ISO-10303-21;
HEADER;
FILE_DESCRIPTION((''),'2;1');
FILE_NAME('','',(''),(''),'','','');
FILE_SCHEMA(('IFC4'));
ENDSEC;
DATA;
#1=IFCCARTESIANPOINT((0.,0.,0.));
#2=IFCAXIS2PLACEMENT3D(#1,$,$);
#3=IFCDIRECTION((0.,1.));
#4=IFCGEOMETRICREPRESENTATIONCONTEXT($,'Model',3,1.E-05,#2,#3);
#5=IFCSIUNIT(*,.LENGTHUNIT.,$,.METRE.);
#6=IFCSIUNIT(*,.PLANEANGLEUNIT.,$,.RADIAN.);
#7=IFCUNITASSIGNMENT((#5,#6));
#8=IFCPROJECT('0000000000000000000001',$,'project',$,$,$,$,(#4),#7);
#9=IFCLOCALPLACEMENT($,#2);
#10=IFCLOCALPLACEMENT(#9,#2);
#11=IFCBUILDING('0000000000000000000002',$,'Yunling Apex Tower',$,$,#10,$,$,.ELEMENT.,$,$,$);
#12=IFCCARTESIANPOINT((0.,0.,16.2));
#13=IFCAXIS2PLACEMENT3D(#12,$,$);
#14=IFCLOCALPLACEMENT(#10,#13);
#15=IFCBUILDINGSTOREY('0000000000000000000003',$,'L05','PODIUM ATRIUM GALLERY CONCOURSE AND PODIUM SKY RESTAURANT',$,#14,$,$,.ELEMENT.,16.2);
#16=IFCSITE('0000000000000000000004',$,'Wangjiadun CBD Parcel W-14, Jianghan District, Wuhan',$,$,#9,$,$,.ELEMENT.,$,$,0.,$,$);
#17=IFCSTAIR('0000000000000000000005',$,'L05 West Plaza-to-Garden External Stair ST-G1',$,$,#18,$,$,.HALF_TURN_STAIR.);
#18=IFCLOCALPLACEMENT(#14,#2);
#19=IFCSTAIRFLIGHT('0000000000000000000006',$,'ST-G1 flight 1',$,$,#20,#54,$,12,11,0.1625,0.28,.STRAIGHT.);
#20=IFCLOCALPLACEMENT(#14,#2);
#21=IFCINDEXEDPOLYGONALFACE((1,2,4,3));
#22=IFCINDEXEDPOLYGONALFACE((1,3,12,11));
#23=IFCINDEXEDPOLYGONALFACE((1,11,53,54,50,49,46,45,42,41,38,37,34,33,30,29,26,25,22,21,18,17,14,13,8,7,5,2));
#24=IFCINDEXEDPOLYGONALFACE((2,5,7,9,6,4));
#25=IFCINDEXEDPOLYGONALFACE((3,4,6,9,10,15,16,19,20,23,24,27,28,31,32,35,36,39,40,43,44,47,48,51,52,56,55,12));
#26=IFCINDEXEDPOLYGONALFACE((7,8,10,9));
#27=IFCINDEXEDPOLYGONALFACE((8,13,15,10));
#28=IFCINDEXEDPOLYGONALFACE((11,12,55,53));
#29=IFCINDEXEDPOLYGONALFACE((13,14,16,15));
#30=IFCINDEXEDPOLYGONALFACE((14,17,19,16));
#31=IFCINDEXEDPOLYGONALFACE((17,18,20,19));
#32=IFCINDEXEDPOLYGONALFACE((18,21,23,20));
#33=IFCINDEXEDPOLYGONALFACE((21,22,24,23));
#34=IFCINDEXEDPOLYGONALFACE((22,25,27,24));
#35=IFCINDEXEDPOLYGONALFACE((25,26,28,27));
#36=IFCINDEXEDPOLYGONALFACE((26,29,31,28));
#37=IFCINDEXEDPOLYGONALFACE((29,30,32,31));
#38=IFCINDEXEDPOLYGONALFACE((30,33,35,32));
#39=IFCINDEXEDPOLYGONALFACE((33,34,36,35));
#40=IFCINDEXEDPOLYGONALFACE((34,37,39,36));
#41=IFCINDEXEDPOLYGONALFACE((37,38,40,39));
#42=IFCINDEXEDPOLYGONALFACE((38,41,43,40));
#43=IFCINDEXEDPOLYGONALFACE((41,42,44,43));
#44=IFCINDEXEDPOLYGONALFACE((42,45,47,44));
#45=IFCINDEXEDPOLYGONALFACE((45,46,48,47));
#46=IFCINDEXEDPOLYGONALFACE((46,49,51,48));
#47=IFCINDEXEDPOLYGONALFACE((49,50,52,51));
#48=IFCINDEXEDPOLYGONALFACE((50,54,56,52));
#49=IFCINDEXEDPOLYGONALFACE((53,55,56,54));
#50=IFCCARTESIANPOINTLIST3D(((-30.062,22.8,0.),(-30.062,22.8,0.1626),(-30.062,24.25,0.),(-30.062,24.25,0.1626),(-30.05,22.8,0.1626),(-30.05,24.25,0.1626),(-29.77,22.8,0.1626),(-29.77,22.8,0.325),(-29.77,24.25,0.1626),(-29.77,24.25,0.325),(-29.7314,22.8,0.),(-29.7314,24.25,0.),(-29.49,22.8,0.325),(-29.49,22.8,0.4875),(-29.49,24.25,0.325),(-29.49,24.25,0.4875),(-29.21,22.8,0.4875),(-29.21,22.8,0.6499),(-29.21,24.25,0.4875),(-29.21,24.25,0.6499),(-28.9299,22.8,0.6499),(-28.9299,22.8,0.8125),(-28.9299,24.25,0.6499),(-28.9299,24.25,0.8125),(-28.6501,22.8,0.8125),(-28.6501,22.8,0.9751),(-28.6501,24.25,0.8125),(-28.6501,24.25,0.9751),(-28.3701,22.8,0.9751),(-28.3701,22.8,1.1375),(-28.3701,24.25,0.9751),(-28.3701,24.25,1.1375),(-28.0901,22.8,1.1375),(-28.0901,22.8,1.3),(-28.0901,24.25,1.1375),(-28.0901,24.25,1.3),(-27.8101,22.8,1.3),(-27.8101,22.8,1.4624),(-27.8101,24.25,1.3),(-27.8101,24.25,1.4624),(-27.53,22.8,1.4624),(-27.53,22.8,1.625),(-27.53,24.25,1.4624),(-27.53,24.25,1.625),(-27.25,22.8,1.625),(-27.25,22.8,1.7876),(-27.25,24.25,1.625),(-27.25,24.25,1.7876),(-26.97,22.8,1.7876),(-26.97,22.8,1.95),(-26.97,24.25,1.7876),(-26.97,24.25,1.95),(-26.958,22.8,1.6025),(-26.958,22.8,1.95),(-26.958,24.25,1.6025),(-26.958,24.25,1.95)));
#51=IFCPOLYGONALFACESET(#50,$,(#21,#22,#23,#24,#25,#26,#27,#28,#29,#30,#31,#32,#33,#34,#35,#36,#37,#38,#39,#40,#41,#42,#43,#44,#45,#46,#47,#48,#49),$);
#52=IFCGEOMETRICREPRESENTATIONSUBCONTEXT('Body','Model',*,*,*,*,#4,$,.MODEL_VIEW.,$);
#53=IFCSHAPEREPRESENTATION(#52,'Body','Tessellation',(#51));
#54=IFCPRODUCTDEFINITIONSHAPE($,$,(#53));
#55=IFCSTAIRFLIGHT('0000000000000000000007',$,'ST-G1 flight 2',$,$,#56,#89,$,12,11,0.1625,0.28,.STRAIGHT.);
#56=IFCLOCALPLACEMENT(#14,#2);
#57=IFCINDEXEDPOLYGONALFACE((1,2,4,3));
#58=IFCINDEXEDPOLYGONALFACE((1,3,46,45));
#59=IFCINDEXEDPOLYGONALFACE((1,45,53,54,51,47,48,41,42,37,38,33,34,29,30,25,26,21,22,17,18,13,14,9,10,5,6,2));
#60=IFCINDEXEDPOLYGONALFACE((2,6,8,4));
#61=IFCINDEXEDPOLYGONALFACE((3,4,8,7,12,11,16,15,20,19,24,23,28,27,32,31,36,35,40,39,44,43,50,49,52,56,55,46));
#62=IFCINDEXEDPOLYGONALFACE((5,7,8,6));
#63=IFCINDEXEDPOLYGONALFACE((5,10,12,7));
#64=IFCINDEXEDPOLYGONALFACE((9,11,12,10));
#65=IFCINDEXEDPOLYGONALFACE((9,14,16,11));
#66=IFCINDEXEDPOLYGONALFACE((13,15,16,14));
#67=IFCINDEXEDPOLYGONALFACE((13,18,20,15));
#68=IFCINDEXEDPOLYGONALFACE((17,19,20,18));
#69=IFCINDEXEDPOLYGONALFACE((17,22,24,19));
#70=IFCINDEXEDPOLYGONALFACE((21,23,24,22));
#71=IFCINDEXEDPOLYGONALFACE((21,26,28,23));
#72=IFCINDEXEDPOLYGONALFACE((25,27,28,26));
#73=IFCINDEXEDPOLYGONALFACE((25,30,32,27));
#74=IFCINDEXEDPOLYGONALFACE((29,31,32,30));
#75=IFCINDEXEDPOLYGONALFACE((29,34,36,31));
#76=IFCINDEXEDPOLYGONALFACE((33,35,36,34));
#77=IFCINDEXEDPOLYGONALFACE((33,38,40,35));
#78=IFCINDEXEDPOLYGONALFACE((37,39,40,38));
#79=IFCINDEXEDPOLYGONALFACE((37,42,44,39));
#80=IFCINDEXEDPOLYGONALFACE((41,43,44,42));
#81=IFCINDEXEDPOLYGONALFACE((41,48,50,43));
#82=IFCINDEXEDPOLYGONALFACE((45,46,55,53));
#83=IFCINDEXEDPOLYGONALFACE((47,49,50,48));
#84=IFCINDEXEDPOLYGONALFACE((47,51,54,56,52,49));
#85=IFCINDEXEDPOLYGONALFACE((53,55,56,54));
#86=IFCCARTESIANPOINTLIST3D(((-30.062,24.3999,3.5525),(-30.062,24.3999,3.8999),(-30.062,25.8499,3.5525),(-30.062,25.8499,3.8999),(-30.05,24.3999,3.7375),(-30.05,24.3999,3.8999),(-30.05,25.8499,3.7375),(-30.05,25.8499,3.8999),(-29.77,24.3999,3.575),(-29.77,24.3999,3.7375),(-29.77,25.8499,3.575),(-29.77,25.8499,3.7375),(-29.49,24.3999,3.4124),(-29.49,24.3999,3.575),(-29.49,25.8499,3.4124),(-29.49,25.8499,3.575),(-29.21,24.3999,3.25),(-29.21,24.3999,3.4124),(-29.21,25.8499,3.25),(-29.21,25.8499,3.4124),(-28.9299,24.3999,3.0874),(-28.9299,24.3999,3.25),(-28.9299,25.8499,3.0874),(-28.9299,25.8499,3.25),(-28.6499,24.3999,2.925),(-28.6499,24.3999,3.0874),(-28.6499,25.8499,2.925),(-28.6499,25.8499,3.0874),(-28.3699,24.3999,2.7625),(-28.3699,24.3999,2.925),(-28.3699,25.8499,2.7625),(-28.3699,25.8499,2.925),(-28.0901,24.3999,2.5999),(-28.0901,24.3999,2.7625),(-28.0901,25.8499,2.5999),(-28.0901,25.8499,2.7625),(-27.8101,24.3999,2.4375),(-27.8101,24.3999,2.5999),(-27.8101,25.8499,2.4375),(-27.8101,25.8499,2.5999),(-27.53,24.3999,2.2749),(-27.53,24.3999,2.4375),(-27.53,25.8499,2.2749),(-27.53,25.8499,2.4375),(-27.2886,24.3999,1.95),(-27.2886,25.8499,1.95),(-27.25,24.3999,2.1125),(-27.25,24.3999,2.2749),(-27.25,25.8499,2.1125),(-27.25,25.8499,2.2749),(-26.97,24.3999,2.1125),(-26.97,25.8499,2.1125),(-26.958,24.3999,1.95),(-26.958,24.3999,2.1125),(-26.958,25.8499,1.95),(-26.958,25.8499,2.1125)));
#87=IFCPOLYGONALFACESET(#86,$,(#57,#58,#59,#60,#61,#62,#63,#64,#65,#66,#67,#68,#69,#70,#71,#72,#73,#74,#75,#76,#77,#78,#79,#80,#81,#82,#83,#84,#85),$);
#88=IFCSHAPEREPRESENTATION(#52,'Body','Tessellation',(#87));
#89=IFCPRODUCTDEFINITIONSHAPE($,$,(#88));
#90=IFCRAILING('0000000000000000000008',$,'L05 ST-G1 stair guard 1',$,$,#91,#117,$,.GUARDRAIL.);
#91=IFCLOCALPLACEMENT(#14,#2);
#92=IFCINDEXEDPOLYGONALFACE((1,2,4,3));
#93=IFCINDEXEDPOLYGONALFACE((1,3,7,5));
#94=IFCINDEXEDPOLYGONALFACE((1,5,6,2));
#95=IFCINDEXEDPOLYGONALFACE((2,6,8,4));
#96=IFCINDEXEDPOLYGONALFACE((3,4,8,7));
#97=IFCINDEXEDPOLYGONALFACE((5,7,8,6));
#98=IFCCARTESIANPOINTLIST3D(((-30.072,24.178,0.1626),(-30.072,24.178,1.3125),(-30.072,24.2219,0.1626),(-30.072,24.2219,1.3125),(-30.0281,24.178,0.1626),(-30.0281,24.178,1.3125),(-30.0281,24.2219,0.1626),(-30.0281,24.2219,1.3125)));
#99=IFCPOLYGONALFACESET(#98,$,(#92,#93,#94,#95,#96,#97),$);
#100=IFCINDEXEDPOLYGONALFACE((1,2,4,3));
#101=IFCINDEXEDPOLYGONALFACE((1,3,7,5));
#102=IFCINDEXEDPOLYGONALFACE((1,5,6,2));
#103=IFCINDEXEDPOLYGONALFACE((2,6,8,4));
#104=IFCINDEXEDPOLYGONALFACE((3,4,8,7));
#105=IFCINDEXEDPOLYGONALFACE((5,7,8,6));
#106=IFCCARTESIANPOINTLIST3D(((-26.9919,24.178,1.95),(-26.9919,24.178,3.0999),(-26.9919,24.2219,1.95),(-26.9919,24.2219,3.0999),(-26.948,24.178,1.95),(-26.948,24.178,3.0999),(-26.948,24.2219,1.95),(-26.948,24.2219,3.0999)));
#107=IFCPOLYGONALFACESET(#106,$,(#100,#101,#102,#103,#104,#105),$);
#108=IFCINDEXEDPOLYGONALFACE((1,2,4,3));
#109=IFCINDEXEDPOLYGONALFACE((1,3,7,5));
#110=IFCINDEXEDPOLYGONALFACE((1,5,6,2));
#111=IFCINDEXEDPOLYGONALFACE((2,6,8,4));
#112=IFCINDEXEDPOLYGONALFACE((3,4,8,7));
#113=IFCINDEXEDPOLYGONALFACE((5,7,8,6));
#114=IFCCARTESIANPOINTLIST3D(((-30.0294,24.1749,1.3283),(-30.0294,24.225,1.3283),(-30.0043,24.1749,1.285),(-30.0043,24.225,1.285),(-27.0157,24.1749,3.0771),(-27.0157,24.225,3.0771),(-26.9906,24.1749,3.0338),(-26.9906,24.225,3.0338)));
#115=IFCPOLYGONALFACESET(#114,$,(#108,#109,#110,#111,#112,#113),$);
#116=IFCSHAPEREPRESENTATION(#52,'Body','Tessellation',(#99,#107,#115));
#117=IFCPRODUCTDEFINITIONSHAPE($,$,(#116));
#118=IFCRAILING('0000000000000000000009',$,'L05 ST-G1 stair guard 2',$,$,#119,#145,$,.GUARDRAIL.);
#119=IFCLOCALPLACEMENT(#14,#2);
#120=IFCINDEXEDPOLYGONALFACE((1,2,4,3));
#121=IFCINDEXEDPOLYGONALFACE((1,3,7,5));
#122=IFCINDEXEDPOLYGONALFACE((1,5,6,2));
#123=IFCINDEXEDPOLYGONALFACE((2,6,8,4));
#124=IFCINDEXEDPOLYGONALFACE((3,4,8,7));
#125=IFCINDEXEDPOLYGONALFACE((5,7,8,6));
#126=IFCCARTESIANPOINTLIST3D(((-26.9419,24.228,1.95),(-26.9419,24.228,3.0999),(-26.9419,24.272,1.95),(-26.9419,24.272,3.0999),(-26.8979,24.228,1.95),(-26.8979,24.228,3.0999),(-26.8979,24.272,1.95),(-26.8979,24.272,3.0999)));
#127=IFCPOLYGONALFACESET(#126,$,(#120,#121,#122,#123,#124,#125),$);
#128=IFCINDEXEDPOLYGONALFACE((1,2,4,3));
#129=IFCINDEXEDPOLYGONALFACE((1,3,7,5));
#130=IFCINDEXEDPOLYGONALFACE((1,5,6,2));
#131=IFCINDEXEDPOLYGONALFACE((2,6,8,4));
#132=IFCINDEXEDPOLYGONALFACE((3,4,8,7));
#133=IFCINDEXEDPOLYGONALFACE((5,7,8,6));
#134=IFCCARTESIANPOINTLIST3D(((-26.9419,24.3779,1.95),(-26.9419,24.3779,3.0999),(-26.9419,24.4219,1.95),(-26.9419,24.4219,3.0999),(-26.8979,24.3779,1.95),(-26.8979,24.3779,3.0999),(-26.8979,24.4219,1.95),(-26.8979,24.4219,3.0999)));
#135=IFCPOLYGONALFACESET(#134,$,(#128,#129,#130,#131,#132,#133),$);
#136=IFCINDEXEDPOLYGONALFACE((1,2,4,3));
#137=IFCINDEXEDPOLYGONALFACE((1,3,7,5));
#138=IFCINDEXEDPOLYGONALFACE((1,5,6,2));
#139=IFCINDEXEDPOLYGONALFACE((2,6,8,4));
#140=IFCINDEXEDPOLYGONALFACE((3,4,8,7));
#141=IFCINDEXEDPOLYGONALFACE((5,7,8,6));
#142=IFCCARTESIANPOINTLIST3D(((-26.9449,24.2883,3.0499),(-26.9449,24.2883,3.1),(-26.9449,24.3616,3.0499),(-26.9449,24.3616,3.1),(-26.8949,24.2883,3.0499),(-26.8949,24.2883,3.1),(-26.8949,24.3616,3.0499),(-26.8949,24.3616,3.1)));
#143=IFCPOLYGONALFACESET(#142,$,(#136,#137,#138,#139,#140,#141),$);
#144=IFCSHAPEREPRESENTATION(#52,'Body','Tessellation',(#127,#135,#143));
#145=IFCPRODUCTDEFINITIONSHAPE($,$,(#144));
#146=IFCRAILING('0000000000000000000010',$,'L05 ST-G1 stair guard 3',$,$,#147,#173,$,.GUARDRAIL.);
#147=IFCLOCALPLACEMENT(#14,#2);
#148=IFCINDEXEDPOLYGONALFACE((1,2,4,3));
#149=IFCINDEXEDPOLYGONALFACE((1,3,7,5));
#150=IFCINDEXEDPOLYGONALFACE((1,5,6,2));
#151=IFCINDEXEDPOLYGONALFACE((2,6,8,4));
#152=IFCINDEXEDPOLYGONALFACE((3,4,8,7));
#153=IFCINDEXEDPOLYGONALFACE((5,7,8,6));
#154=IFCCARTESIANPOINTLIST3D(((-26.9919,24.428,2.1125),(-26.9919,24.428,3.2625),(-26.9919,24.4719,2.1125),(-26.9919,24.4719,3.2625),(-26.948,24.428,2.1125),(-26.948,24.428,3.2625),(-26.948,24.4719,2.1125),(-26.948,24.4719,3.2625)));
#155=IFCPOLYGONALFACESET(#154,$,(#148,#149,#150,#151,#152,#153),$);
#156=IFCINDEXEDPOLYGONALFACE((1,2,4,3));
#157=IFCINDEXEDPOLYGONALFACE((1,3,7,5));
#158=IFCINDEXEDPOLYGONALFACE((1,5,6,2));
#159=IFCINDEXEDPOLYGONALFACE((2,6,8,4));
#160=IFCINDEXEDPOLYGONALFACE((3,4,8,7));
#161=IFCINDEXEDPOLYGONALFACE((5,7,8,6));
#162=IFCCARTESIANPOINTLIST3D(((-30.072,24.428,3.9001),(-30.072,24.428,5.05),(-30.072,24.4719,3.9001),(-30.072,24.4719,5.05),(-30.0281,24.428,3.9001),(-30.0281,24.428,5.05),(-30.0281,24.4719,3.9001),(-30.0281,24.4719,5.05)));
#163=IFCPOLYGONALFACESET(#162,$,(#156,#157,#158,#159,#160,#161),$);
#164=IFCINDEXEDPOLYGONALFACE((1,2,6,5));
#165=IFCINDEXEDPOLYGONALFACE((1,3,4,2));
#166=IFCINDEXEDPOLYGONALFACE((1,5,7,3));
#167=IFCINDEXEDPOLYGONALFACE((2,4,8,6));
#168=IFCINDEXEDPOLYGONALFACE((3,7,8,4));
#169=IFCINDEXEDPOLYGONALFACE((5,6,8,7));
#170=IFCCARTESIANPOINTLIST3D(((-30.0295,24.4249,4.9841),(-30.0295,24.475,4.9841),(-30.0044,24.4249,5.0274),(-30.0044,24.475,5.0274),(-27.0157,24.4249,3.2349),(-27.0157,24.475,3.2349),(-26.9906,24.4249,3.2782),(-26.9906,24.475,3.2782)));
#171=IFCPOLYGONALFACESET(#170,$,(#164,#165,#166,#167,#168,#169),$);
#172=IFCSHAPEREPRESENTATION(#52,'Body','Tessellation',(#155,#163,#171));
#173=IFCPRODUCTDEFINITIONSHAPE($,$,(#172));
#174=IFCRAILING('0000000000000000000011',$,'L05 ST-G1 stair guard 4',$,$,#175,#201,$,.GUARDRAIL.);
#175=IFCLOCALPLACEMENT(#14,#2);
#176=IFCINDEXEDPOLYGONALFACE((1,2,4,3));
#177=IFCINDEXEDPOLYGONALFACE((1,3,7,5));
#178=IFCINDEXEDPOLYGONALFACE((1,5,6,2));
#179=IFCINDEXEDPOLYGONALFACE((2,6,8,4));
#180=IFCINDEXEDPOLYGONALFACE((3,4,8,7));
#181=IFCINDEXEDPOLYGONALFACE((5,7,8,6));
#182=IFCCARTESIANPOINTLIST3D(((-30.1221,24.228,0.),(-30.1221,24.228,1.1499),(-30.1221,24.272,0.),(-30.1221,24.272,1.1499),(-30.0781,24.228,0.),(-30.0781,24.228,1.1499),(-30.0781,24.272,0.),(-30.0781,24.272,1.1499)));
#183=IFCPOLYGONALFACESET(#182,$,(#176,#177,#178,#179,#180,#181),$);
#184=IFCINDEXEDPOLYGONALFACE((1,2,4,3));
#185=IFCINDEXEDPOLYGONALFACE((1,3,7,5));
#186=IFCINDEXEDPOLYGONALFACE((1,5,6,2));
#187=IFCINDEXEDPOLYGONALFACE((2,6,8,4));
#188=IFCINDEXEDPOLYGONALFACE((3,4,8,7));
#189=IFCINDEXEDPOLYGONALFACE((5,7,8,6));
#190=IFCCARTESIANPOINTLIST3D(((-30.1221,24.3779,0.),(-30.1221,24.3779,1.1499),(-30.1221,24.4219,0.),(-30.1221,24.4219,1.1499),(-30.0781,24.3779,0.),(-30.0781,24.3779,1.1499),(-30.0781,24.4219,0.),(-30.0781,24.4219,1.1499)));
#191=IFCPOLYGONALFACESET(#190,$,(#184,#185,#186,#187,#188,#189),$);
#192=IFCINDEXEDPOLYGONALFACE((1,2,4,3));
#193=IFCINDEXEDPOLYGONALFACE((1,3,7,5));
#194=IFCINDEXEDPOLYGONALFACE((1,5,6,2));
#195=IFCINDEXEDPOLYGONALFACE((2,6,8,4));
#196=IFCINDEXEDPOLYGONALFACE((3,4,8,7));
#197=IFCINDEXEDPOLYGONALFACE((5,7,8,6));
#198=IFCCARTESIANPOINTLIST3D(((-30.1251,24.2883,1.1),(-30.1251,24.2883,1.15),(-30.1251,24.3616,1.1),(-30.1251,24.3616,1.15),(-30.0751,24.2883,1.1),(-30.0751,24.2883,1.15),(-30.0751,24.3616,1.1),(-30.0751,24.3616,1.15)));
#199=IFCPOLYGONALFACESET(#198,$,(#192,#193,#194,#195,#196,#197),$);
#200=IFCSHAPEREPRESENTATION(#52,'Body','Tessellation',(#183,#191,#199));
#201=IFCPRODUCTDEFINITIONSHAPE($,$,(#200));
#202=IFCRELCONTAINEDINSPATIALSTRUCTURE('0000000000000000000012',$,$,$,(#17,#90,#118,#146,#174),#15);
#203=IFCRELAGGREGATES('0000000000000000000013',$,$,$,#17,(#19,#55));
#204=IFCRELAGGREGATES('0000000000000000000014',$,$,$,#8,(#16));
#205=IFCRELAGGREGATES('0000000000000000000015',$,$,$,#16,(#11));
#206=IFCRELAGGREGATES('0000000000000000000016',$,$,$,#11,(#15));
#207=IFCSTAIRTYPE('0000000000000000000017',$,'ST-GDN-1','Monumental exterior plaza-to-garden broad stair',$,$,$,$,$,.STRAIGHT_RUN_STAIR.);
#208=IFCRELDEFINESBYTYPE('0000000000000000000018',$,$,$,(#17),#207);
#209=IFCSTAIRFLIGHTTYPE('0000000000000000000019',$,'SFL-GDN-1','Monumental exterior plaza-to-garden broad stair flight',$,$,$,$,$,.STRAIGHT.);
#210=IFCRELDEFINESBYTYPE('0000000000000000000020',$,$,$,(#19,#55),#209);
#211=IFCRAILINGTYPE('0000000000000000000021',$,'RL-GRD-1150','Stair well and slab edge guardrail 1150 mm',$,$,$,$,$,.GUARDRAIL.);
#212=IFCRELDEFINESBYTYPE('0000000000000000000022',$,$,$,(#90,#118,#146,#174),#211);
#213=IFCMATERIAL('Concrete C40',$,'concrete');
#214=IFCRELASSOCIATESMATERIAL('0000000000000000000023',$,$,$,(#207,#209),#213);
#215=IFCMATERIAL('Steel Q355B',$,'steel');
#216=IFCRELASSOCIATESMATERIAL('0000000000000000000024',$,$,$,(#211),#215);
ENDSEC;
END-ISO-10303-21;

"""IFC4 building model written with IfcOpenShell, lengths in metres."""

from ifc_helpers import new_model, si_unit, direction, frame, origin, origin_2d, place, context, subcontext, project, spatial, polyline, rectangle, outline, extrude, material, type_object, element, aggregate, save


model = new_model("IFC4")

# Units and contexts
model_context = context("Model", 3, precision=1e-05, world=origin(), true_north=direction((0.0, 1.0)))
body_context = subcontext(model_context, "Body", "Model", "MODEL_VIEW")
ifc_project = project(units=[si_unit("LENGTHUNIT", "METRE"), si_unit("PLANEANGLEUNIT", "RADIAN")], contexts=[model_context])

# Site, building, storey
site_placement = place(None, origin())
site = spatial("IfcSite", under=ifc_project, at=site_placement, Name="Wangjiadun CBD Parcel W-14, Jianghan District, Wuhan", CompositionType="ELEMENT", RefElevation=0.0)
building_placement = place(site_placement, origin())
building = spatial("IfcBuilding", under=site, at=building_placement, Name="Yunling Apex Tower", CompositionType="ELEMENT")
storey_placement = place(building_placement, frame((0.0, 0.0, 16.2)))
storey = spatial("IfcBuildingStorey", under=building, at=storey_placement, Name="L05", Description="PODIUM ATRIUM GALLERY CONCOURSE AND PODIUM SKY RESTAURANT", CompositionType="ELEMENT", Elevation=16.2)

# Shared definitions
ifc_material_1 = material(Name="Steel Q355B", Category="steel")

# Shared definitions
ifc_material_2 = material(Name="Concrete C40", Category="concrete")

# Stair, stair flights
stair_type = type_object("IfcStairType", Name="ST-GDN-1", Description="Monumental exterior plaza-to-garden broad stair", PredefinedType="STRAIGHT_RUN_STAIR", material=ifc_material_2)
stair_placement = place(storey_placement, origin())
stair = element("IfcStair", 1, at=stair_placement, inside=storey, type_object=stair_type, Name="L05 West Plaza-to-Garden External Stair ST-G1", PredefinedType="HALF_TURN_STAIR")
stair_flight_type = type_object("IfcStairFlightType", Name="SFL-GDN-1", Description="Monumental exterior plaza-to-garden broad stair flight", PredefinedType="STRAIGHT", material=ifc_material_2)
stair_flight_1_placement = place(storey_placement, frame((-30.05, 23.5249, 0.0), z_axis=(0.0, 0.0, 1.0), x_axis=(1.0, 0.0, 0.0)))
stair_flight_1 = element("IfcStairFlight", 2, at=stair_flight_1_placement, type_object=stair_flight_type, Name="ST-G1 flight 1", NumberOfRisers=12, NumberOfTreads=11, PredefinedType="STRAIGHT", RiserHeight=0.1625, TreadLength=0.28, context=body_context, shape_type="SweptSolid", body=[
    extrude(outline(polyline([(-0.012, 0.0), (-0.012, 0.1626), (0.0, 0.1626), (0.28, 0.1626), (0.28, 0.325), (0.5601, 0.325), (0.5601, 0.4875), (0.8401, 0.4875), (0.8401, 0.6499), (1.1201, 0.6499), (1.1201, 0.8125), (1.3999, 0.8125), (1.3999, 0.9751), (1.6799, 0.9751), (1.6799, 1.1375), (1.96, 1.1375), (1.96, 1.3), (2.24, 1.3), (2.24, 1.4624), (2.52, 1.4624), (2.52, 1.625), (2.8, 1.625), (2.8, 1.7876), (3.0801, 1.7876), (3.0801, 1.95), (3.092, 1.95), (3.092, 1.6025), (0.3186, 0.0), (-0.012, 0.0)])), frame((0.0, 0.7251, 0.0), z_axis=(0.0, -1.0, 0.0), x_axis=(1.0, 0.0, 0.0)), (0.0, 0.0, 1.0), 1.45),
])
stair_flight_2_placement = place(storey_placement, frame((-26.97, 25.125, 1.95), z_axis=(0.0, 0.0, 1.0), x_axis=(-1.0, 0.0, 0.0)))
stair_flight_2 = element("IfcStairFlight", 3, at=stair_flight_2_placement, type_object=stair_flight_type, Name="ST-G1 flight 2", NumberOfRisers=12, NumberOfTreads=11, PredefinedType="STRAIGHT", RiserHeight=0.1625, TreadLength=0.28, context=body_context, shape_type="SweptSolid", body=[
    extrude(outline(polyline([(-0.012, 0.0), (-0.012, 0.1626), (0.0, 0.1626), (0.28, 0.1626), (0.28, 0.325), (0.5601, 0.325), (0.5601, 0.4875), (0.8401, 0.4875), (0.8401, 0.6499), (1.1201, 0.6499), (1.1201, 0.8125), (1.3999, 0.8125), (1.3999, 0.9751), (1.6799, 0.9751), (1.6799, 1.1375), (1.96, 1.1375), (1.96, 1.3), (2.24, 1.3), (2.24, 1.4624), (2.52, 1.4624), (2.52, 1.625), (2.8, 1.625), (2.8, 1.7876), (3.0801, 1.7876), (3.0801, 1.95), (3.092, 1.95), (3.092, 1.6025), (0.3186, 0.0), (-0.012, 0.0)])), frame((0.0, 0.7251, 0.0), z_axis=(0.0, -1.0, 0.0), x_axis=(1.0, 0.0, 0.0)), (0.0, 0.0, 1.0), 1.45),
])
aggregate(stair, [stair_flight_1, stair_flight_2])

# Railings
railing_type_1 = type_object("IfcRailingType", Name="RL-GRD-1150", Description="Stair well and slab edge guardrail 1150 mm", PredefinedType="GUARDRAIL", material=ifc_material_1)
railing_1_placement = place(storey_placement, frame((-30.05, 24.2, 0.1626)))
element("IfcRailing", 4, at=railing_1_placement, inside=storey, type_object=railing_type_1, Name="L05 ST-G1 stair guard 1", PredefinedType="GUARDRAIL", context=body_context, shape_type="SweptSolid", body=[
    extrude(rectangle(XDim=0.0439, YDim=0.0439, at=origin_2d()), origin(), (0.0, 0.0, 1.0), 1.1499),
    extrude(rectangle(XDim=0.0439, YDim=0.0439, at=origin_2d()), frame((3.0801, 0.0, 1.7874)), (0.0, 0.0, 1.0), 1.1499),
    extrude(rectangle(XDim=0.05, YDim=0.05, at=origin_2d()), frame((0.0332, 0.0, 1.144), z_axis=(0.86492, 0.0, 0.501909), x_axis=(0.0, 1.0, 0.0)), (0.0, 0.0, 1.0), 3.4844),
])
railing_2_placement = place(storey_placement, frame((-26.9199, 24.25, 1.95)))
element("IfcRailing", 5, at=railing_2_placement, inside=storey, type_object=railing_type_1, Name="L05 ST-G1 stair guard 2", PredefinedType="GUARDRAIL", context=body_context, shape_type="SweptSolid", body=[
    extrude(rectangle(XDim=0.0439, YDim=0.0439, at=origin_2d()), origin(), (0.0, 0.0, 1.0), 1.1499),
    extrude(rectangle(XDim=0.0439, YDim=0.0439, at=origin_2d()), frame((0.0, 0.1499, 0.0)), (0.0, 0.0, 1.0), 1.1499),
    extrude(rectangle(XDim=0.05, YDim=0.05, at=origin_2d()), frame((0.0, 0.0383, 1.125), z_axis=(0.0, 1.0, 0.0), x_axis=(-1.0, 0.0, 0.0)), (0.0, 0.0, 1.0), 0.0732),
])
railing_3_placement = place(storey_placement, frame((-26.97, 24.45, 2.1125)))
element("IfcRailing", 6, at=railing_3_placement, inside=storey, type_object=railing_type_1, Name="L05 ST-G1 stair guard 3", PredefinedType="GUARDRAIL", context=body_context, shape_type="SweptSolid", body=[
    extrude(rectangle(XDim=0.0439, YDim=0.0439, at=origin_2d()), origin(), (0.0, 0.0, 1.0), 1.1499),
    extrude(rectangle(XDim=0.0439, YDim=0.0439, at=origin_2d()), frame((-3.0801, 0.0, 1.7876)), (0.0, 0.0, 1.0), 1.1499),
    extrude(rectangle(XDim=0.05, YDim=0.05, at=origin_2d()), frame((-0.0332, 0.0, 1.144), z_axis=(-0.864891, 0.0, 0.50196), x_axis=(0.0, -1.0, 0.0)), (0.0, 0.0, 1.0), 3.4846),
])
railing_4_placement = place(storey_placement, frame((-30.1001, 24.25, 0.0)))
element("IfcRailing", 7, at=railing_4_placement, inside=storey, type_object=railing_type_1, Name="L05 ST-G1 stair guard 4", PredefinedType="GUARDRAIL", context=body_context, shape_type="SweptSolid", body=[
    extrude(rectangle(XDim=0.0439, YDim=0.0439, at=origin_2d()), origin(), (0.0, 0.0, 1.0), 1.1499),
    extrude(rectangle(XDim=0.0439, YDim=0.0439, at=origin_2d()), frame((0.0, 0.1499, 0.0)), (0.0, 0.0, 1.0), 1.1499),
    extrude(rectangle(XDim=0.05, YDim=0.05, at=origin_2d()), frame((0.0, 0.0383, 1.125), z_axis=(0.0, 1.0, 0.0), x_axis=(-1.0, 0.0, 0.0)), (0.0, 0.0, 1.0), 0.0732),
])

save(model, "model.ifc")
